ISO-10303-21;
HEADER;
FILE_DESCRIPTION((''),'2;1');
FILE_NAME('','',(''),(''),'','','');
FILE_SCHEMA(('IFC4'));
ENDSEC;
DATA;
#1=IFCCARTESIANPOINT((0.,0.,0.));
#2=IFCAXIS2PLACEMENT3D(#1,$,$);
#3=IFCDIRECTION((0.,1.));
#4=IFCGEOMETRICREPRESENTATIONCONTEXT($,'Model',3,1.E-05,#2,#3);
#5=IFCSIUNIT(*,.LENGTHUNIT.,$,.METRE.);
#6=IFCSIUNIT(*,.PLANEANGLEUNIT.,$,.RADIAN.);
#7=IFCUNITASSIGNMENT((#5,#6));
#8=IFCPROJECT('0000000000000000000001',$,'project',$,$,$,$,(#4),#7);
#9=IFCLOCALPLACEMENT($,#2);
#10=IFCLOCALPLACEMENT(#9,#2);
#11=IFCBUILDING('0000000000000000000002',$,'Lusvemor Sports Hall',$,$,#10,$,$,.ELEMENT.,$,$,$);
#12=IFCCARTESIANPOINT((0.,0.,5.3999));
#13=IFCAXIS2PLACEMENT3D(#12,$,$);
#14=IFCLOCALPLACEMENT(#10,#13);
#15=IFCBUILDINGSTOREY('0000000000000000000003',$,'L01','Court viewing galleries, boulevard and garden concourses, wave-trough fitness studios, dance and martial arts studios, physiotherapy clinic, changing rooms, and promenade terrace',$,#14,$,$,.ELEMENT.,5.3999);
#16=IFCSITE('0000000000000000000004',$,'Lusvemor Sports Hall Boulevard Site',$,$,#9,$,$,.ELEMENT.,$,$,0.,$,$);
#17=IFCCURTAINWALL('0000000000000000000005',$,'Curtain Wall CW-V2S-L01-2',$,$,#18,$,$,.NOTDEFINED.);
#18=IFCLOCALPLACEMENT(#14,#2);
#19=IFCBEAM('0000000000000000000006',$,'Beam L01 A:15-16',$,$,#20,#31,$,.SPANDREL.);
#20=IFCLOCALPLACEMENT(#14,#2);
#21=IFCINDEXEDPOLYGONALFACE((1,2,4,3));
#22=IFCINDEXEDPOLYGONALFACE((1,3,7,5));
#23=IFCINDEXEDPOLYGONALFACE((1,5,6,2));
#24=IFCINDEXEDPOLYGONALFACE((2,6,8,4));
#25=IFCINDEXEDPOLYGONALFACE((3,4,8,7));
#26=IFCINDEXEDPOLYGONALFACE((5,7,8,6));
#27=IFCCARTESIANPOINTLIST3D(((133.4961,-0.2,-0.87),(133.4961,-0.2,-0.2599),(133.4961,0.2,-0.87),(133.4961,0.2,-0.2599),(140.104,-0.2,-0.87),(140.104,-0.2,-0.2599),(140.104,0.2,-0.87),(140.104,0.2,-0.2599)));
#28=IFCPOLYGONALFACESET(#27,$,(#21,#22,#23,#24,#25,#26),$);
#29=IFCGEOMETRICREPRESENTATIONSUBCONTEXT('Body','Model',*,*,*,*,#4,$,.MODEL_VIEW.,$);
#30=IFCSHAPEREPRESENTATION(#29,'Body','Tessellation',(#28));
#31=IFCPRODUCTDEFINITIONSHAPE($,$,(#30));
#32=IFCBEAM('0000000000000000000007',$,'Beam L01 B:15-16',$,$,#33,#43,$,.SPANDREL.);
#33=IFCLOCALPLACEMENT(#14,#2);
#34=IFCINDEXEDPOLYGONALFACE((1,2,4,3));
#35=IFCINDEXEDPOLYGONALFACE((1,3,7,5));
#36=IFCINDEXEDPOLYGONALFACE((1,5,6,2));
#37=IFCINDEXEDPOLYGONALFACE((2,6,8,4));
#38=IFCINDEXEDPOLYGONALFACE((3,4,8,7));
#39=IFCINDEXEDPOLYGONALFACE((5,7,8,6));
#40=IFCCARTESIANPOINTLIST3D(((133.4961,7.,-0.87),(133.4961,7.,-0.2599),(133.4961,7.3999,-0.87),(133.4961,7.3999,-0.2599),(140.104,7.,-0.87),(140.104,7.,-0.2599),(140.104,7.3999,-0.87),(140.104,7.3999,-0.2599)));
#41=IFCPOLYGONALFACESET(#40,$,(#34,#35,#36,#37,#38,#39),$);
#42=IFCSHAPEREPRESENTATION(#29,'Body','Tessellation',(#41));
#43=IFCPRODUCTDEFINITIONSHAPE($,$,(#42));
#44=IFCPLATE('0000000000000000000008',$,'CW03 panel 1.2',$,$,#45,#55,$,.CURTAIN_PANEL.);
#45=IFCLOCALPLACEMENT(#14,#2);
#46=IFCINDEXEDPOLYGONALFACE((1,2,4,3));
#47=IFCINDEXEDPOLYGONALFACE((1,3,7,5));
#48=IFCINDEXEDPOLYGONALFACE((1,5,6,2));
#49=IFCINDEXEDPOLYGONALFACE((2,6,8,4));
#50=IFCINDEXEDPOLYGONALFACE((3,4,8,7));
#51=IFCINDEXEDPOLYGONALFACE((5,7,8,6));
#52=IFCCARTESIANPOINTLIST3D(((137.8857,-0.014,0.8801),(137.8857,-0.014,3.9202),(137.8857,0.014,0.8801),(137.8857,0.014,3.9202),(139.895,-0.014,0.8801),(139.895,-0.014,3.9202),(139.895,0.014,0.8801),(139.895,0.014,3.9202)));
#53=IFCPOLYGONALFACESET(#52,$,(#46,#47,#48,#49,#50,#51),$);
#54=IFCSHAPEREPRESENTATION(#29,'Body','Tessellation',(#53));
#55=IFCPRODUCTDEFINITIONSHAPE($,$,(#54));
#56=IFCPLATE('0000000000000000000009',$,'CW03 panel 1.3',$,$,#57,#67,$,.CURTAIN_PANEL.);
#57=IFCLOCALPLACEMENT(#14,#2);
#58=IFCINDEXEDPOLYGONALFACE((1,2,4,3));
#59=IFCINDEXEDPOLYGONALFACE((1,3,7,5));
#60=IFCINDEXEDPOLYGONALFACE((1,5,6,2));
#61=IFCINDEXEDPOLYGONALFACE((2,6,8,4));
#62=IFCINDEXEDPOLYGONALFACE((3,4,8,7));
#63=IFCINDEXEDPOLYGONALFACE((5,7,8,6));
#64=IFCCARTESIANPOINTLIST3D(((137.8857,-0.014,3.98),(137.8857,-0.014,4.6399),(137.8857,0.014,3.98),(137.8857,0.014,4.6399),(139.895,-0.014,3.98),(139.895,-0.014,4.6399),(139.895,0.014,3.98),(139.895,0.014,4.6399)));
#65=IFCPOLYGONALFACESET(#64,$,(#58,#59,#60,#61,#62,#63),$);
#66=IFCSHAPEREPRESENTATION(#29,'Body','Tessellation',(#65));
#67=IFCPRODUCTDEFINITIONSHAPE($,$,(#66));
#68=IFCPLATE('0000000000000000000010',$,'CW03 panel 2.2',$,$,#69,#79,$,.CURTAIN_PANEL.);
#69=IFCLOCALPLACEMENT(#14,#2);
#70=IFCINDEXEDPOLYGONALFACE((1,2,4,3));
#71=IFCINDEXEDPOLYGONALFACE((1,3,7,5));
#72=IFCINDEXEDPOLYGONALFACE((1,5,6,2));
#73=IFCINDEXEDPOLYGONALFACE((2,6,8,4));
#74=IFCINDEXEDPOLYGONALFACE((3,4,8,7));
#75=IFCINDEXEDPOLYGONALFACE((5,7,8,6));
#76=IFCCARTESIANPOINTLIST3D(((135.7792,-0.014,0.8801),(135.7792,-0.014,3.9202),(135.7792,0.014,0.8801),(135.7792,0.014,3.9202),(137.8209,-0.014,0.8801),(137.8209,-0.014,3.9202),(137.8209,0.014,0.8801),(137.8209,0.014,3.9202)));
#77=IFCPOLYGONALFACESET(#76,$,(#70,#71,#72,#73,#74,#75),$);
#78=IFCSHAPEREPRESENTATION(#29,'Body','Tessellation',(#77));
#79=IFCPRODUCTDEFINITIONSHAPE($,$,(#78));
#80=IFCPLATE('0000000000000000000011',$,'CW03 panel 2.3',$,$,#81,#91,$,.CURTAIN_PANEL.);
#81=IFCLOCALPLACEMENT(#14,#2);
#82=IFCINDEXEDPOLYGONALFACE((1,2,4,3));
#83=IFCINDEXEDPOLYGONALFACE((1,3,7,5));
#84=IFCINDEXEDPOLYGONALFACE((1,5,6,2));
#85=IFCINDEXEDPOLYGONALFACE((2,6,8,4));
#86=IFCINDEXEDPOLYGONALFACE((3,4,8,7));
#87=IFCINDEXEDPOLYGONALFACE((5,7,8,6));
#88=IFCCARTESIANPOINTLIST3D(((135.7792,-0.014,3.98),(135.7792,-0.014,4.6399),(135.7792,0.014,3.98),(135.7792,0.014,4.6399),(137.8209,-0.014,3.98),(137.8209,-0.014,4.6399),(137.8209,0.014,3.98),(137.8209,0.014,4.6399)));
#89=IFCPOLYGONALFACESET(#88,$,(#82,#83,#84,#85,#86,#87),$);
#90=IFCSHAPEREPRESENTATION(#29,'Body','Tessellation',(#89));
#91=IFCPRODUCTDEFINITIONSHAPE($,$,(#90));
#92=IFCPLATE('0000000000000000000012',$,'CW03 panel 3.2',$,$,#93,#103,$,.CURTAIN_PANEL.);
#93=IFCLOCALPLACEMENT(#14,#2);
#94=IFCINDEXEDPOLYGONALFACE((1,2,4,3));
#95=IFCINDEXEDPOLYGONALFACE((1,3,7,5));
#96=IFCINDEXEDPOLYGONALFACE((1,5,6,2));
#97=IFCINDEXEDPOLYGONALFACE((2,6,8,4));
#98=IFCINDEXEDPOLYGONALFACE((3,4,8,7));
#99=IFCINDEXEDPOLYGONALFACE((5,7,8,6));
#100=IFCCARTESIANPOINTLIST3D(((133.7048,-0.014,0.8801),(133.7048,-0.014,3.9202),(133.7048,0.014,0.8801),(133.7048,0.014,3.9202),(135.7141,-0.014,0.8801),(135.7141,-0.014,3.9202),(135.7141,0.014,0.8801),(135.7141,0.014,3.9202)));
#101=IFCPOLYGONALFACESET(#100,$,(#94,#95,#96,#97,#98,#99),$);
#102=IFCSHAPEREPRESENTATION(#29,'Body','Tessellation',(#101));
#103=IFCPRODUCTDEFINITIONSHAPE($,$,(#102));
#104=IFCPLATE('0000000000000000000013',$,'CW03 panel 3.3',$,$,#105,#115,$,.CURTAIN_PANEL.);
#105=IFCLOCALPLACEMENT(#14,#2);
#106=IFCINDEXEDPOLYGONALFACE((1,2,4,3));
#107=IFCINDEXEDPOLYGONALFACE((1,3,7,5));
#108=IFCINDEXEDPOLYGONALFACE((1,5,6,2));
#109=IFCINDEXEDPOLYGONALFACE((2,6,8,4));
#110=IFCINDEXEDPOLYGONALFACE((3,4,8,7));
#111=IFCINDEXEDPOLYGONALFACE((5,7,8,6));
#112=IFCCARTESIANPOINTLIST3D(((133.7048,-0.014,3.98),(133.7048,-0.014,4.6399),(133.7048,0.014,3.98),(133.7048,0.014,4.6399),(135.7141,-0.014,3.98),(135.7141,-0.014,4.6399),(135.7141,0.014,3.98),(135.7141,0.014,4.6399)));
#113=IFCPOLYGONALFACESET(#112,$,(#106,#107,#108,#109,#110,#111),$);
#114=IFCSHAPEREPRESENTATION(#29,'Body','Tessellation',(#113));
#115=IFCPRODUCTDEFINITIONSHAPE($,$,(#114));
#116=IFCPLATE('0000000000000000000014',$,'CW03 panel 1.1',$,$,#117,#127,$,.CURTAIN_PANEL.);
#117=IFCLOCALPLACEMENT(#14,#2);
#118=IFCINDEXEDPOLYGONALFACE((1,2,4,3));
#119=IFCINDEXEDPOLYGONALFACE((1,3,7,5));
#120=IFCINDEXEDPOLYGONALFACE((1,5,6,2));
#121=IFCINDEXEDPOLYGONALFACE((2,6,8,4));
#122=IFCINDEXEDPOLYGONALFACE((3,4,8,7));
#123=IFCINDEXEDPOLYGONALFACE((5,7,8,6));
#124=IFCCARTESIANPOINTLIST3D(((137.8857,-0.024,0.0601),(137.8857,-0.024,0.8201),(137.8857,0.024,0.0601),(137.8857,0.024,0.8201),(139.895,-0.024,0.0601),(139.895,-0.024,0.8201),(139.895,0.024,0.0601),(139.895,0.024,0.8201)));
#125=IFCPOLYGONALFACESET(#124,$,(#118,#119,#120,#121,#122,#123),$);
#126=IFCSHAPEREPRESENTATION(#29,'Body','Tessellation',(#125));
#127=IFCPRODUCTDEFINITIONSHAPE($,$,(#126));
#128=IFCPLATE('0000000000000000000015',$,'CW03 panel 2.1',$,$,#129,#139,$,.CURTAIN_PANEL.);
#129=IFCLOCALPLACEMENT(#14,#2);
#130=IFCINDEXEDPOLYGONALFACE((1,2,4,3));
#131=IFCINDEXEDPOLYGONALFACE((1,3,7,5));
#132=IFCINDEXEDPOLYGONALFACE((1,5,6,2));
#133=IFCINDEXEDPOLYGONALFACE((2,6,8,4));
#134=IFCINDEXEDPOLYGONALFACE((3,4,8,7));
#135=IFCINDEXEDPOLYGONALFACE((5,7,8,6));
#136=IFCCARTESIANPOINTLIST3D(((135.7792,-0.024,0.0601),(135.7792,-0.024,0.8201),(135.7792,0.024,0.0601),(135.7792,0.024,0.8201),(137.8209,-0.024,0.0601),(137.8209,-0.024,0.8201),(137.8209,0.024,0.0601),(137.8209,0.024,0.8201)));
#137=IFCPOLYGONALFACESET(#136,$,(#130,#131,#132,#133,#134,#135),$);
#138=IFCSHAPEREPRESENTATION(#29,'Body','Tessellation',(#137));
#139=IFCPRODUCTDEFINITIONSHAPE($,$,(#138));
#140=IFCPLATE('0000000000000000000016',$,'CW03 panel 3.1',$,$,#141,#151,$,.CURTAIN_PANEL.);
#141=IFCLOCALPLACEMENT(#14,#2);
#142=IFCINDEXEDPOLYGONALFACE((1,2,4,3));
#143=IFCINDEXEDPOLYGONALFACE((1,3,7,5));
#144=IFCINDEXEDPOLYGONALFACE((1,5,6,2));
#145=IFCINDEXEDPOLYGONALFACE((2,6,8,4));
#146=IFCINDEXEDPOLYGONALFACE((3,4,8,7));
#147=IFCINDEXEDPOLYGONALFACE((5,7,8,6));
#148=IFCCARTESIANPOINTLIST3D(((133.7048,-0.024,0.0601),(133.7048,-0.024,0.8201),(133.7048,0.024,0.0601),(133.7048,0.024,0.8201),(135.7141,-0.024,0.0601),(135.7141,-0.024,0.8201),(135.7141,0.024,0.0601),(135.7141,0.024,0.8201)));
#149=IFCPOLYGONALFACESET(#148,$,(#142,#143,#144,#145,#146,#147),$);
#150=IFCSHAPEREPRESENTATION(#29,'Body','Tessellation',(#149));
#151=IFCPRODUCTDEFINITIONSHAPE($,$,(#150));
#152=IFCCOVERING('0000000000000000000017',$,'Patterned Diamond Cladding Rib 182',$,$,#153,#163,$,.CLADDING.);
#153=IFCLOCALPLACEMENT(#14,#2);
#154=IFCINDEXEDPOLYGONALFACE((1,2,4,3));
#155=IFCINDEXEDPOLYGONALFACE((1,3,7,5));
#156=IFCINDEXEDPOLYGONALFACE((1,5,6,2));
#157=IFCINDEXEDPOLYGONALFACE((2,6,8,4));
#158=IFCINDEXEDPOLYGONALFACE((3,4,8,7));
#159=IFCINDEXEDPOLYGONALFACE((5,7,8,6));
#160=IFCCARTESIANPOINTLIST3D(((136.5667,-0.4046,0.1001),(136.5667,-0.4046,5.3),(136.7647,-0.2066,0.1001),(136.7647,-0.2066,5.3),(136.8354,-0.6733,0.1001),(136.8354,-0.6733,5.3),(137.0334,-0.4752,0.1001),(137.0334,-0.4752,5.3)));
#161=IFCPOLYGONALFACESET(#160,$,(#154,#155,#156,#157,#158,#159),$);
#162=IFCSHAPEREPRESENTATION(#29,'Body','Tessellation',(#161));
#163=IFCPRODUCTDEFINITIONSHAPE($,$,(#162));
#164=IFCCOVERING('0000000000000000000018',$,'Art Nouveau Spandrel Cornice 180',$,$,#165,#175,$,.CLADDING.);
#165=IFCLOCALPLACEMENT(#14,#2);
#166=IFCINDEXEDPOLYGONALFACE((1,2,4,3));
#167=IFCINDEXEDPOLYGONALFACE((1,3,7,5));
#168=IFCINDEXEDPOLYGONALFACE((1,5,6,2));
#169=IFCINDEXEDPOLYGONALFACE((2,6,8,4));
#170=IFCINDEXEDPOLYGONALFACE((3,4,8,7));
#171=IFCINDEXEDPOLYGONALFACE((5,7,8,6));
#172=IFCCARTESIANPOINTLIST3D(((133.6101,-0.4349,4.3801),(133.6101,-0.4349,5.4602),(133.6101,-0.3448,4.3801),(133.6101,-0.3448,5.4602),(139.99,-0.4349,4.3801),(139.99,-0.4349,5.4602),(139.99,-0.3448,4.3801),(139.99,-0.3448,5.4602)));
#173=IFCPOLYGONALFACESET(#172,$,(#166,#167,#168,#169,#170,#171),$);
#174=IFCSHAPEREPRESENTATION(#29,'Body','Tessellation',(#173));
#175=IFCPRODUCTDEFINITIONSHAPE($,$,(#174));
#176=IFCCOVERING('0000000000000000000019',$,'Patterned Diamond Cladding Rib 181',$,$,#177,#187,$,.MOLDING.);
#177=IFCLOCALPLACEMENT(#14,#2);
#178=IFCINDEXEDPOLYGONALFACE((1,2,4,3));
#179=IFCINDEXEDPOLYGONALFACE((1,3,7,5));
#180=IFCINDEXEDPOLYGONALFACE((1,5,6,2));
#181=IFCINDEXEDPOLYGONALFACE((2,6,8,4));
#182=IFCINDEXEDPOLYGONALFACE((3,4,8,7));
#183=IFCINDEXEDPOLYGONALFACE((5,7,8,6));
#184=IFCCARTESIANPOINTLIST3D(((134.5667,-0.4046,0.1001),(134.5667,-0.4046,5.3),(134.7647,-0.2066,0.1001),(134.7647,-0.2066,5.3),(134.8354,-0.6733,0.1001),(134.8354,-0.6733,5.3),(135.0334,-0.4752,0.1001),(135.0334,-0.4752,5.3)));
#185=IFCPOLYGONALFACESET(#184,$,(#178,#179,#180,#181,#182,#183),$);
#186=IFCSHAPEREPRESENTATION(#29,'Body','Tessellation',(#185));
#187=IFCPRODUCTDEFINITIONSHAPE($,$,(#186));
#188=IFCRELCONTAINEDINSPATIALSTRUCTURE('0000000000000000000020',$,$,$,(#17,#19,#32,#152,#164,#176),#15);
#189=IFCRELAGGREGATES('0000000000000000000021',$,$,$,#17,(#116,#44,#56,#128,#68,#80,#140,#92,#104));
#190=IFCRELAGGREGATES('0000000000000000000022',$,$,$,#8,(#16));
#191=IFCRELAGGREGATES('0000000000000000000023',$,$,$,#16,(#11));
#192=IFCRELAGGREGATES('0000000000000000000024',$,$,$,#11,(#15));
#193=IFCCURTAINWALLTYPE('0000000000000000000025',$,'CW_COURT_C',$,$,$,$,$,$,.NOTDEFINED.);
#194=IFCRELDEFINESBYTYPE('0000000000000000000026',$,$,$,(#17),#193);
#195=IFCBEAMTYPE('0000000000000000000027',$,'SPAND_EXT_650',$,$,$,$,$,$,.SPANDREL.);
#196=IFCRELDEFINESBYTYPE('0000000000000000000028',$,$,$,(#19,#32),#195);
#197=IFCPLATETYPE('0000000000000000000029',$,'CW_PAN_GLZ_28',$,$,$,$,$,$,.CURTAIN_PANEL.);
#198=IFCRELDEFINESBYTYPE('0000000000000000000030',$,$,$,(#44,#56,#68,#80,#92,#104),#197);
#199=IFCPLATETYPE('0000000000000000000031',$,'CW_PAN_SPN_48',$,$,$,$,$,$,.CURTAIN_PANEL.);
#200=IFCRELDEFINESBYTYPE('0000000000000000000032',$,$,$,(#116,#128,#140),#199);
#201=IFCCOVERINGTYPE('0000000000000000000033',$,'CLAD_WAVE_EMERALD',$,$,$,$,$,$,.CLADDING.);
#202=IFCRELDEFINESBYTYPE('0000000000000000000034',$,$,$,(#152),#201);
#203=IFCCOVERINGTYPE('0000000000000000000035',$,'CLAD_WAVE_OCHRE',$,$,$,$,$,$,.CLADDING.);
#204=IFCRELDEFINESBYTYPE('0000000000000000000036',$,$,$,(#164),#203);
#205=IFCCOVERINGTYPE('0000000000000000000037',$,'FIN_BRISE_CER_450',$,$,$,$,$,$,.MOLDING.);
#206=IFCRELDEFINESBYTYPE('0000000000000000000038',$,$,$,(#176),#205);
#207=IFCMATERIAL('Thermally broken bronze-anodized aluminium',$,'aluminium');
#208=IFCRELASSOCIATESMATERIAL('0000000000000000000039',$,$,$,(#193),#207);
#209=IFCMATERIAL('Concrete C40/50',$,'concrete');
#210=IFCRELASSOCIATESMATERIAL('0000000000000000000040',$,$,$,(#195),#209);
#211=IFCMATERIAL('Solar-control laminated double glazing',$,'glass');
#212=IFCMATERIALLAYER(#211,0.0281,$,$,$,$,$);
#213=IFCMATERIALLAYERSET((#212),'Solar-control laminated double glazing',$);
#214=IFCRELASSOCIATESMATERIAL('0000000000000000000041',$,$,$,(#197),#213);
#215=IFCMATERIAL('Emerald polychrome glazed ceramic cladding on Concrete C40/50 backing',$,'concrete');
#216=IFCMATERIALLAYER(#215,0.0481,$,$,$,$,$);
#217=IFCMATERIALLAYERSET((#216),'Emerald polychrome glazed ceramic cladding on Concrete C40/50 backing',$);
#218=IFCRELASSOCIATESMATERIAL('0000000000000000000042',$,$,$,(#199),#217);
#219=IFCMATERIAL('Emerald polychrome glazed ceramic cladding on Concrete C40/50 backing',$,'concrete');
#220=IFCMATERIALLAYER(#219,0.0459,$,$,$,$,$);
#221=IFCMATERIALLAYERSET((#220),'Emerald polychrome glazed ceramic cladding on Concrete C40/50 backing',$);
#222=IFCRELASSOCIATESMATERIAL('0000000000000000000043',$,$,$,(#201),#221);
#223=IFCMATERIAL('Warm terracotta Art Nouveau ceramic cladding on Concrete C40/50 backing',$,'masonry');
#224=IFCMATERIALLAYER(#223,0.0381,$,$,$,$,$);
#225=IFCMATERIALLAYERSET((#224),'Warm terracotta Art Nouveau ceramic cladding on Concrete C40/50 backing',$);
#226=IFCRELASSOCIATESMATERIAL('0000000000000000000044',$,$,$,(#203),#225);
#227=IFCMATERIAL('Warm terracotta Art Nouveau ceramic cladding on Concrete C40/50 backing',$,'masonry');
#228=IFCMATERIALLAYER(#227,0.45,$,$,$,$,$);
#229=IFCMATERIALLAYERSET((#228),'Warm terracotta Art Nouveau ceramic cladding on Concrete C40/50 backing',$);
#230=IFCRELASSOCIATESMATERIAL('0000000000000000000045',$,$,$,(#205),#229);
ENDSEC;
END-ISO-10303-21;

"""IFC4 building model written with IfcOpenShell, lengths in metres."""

from ifc_helpers import new_model, si_unit, direction, frame, origin, origin_2d, place, context, subcontext, project, spatial, rectangle, extrude, material, layer, layer_set, material_profile, profile_set, type_object, element, aggregate, save


model = new_model("IFC4")

# Units and contexts
model_context = context("Model", 3, precision=1e-05, world=origin(), true_north=direction((0.0, 1.0)))
body_context = subcontext(model_context, "Body", "Model", "MODEL_VIEW")
ifc_project = project(units=[si_unit("LENGTHUNIT", "METRE"), si_unit("PLANEANGLEUNIT", "RADIAN")], contexts=[model_context])

# Site, building, storey
site_placement = place(None, origin())
site = spatial("IfcSite", under=ifc_project, at=site_placement, Name="Lusvemor Sports Hall Boulevard Site", CompositionType="ELEMENT", RefElevation=0.0)
building_placement = place(site_placement, origin())
building = spatial("IfcBuilding", under=site, at=building_placement, Name="Lusvemor Sports Hall", CompositionType="ELEMENT")
storey_placement = place(building_placement, frame((0.0, 0.0, 5.3999)))
storey = spatial("IfcBuildingStorey", under=building, at=storey_placement, Name="L01", Description="Court viewing galleries, boulevard and garden concourses, wave-trough fitness studios, dance and martial arts studios, physiotherapy clinic, changing rooms, and promenade terrace", CompositionType="ELEMENT", Elevation=5.3999)

# Curtain wall
ifc_material_1 = material(Name="Thermally broken bronze-anodized aluminium", Category="aluminium")
curtain_wall_type = type_object("IfcCurtainWallType", Name="CW_COURT_C", PredefinedType="NOTDEFINED", material=ifc_material_1)
curtain_wall_placement = place(storey_placement, origin())
curtain_wall = element("IfcCurtainWall", 1, at=curtain_wall_placement, inside=storey, type_object=curtain_wall_type, Name="Curtain Wall CW-V2S-L01-2", PredefinedType="NOTDEFINED")

# Beams
ifc_material_2 = material(Name="Concrete C40/50", Category="concrete")
ifc_material_profile_1 = material_profile(ifc_material_2, rectangle(XDim=0.3999, YDim=0.6101, at=origin_2d()), Name="RC400x610")
ifc_profile_set_1 = profile_set([ifc_material_profile_1], Name="Concrete C40/50")
beam_type_1 = type_object("IfcBeamType", Name="SPAND_EXT_650", PredefinedType="SPANDREL", material=ifc_profile_set_1)
for number, where, z_axis, x_axis, name in (
    (2, (133.4961, 0.0, -0.5649), (1.0, 0.0, 0.0), (0.0, 1.0, 0.0), "Beam L01 A:15-16"),
    (3, (133.4961, 7.2, -0.5649), (1.0, 0.0, 0.0), (0.0, 1.0, 0.0), "Beam L01 B:15-16"),
):
    element("IfcBeam", number, at=place(storey_placement, frame(where, z_axis=z_axis, x_axis=x_axis)), inside=storey, type_object=beam_type_1, Name=name, PredefinedType="SPANDREL", context=body_context, shape_type="SweptSolid", body=[
        extrude(rectangle(XDim=0.3999, YDim=0.6101, at=origin_2d()), origin(), (0.0, 0.0, 1.0), 6.6079),
    ])

# Plates
ifc_material_3 = material(Name="Solar-control laminated double glazing", Category="glass")
ifc_layer_1 = layer(ifc_material_3, 0.0281)
ifc_layer_set_1 = layer_set([ifc_layer_1], Name="Solar-control laminated double glazing")
plate_type_1 = type_object("IfcPlateType", Name="CW_PAN_GLZ_28", PredefinedType="CURTAIN_PANEL", material=ifc_layer_set_1)
plate_1_placement = place(storey_placement, frame((138.8904, 0.0, 0.8801), z_axis=(0.0, 0.0, 1.0), x_axis=(-1.0, 0.0, 0.0)))
plate_1 = element("IfcPlate", 4, at=plate_1_placement, type_object=plate_type_1, Name="CW03 panel 1.2", PredefinedType="CURTAIN_PANEL", context=body_context, shape_type="SweptSolid", body=[
    extrude(rectangle(XDim=2.0093, YDim=0.0281, at=origin_2d()), origin(), (0.0, 0.0, 1.0), 3.04),
])
plate_2_placement = place(storey_placement, frame((138.8904, 0.0, 3.98), z_axis=(0.0, 0.0, 1.0), x_axis=(-1.0, 0.0, 0.0)))
plate_2 = element("IfcPlate", 5, at=plate_2_placement, type_object=plate_type_1, Name="CW03 panel 1.3", PredefinedType="CURTAIN_PANEL", context=body_context, shape_type="SweptSolid", body=[
    extrude(rectangle(XDim=2.0093, YDim=0.0281, at=origin_2d()), origin(), (0.0, 0.0, 1.0), 0.6599),
])
plate_3_placement = place(storey_placement, frame((136.8, 0.0, 0.8801), z_axis=(0.0, 0.0, 1.0), x_axis=(-1.0, 0.0, 0.0)))
plate_3 = element("IfcPlate", 6, at=plate_3_placement, type_object=plate_type_1, Name="CW03 panel 2.2", PredefinedType="CURTAIN_PANEL", context=body_context, shape_type="SweptSolid", body=[
    extrude(rectangle(XDim=2.0417, YDim=0.0281, at=origin_2d()), origin(), (0.0, 0.0, 1.0), 3.04),
])
plate_4_placement = place(storey_placement, frame((136.8, 0.0, 3.98), z_axis=(0.0, 0.0, 1.0), x_axis=(-1.0, 0.0, 0.0)))
plate_4 = element("IfcPlate", 7, at=plate_4_placement, type_object=plate_type_1, Name="CW03 panel 2.3", PredefinedType="CURTAIN_PANEL", context=body_context, shape_type="SweptSolid", body=[
    extrude(rectangle(XDim=2.0417, YDim=0.0281, at=origin_2d()), origin(), (0.0, 0.0, 1.0), 0.6599),
])
plate_5_placement = place(storey_placement, frame((134.7095, 0.0, 0.8801), z_axis=(0.0, 0.0, 1.0), x_axis=(-1.0, 0.0, 0.0)))
plate_5 = element("IfcPlate", 8, at=plate_5_placement, type_object=plate_type_1, Name="CW03 panel 3.2", PredefinedType="CURTAIN_PANEL", context=body_context, shape_type="SweptSolid", body=[
    extrude(rectangle(XDim=2.0093, YDim=0.0281, at=origin_2d()), origin(), (0.0, 0.0, 1.0), 3.04),
])
plate_6_placement = place(storey_placement, frame((134.7095, 0.0, 3.98), z_axis=(0.0, 0.0, 1.0), x_axis=(-1.0, 0.0, 0.0)))
plate_6 = element("IfcPlate", 9, at=plate_6_placement, type_object=plate_type_1, Name="CW03 panel 3.3", PredefinedType="CURTAIN_PANEL", context=body_context, shape_type="SweptSolid", body=[
    extrude(rectangle(XDim=2.0093, YDim=0.0281, at=origin_2d()), origin(), (0.0, 0.0, 1.0), 0.6599),
])
ifc_material_4 = material(Name="Emerald polychrome glazed ceramic cladding on Concrete C40/50 backing", Category="concrete")
ifc_layer_2 = layer(ifc_material_4, 0.0481)
ifc_layer_set_2 = layer_set([ifc_layer_2], Name="Emerald polychrome glazed ceramic cladding on Concrete C40/50 backing")
plate_type_2 = type_object("IfcPlateType", Name="CW_PAN_SPN_48", PredefinedType="CURTAIN_PANEL", material=ifc_layer_set_2)
plate_7_placement = place(storey_placement, frame((138.8904, 0.0, 0.0601), z_axis=(0.0, 0.0, 1.0), x_axis=(-1.0, 0.0, 0.0)))
plate_7 = element("IfcPlate", 10, at=plate_7_placement, type_object=plate_type_2, Name="CW03 panel 1.1", PredefinedType="CURTAIN_PANEL", context=body_context, shape_type="SweptSolid", body=[
    extrude(rectangle(XDim=2.0093, YDim=0.0481, at=origin_2d()), origin(), (0.0, 0.0, 1.0), 0.76),
])
plate_8_placement = place(storey_placement, frame((136.8, 0.0, 0.0601), z_axis=(0.0, 0.0, 1.0), x_axis=(-1.0, 0.0, 0.0)))
plate_8 = element("IfcPlate", 11, at=plate_8_placement, type_object=plate_type_2, Name="CW03 panel 2.1", PredefinedType="CURTAIN_PANEL", context=body_context, shape_type="SweptSolid", body=[
    extrude(rectangle(XDim=2.0417, YDim=0.0481, at=origin_2d()), origin(), (0.0, 0.0, 1.0), 0.76),
])
plate_9_placement = place(storey_placement, frame((134.7095, 0.0, 0.0601), z_axis=(0.0, 0.0, 1.0), x_axis=(-1.0, 0.0, 0.0)))
plate_9 = element("IfcPlate", 12, at=plate_9_placement, type_object=plate_type_2, Name="CW03 panel 3.1", PredefinedType="CURTAIN_PANEL", context=body_context, shape_type="SweptSolid", body=[
    extrude(rectangle(XDim=2.0093, YDim=0.0481, at=origin_2d()), origin(), (0.0, 0.0, 1.0), 0.76),
])
aggregate(curtain_wall, [plate_7, plate_1, plate_2, plate_8, plate_3, plate_4, plate_9, plate_5, plate_6])

# Coverings
ifc_material_5 = material(Name="Emerald polychrome glazed ceramic cladding on Concrete C40/50 backing", Category="concrete")
ifc_layer_3 = layer(ifc_material_5, 0.0459)
ifc_layer_set_3 = layer_set([ifc_layer_3], Name="Emerald polychrome glazed ceramic cladding on Concrete C40/50 backing")
covering_type_1 = type_object("IfcCoveringType", Name="CLAD_WAVE_EMERALD", PredefinedType="CLADDING", material=ifc_layer_set_3)
covering_1_placement = place(storey_placement, frame((136.8, -0.4399, 0.1001), z_axis=(0.0, 0.0, 1.0), x_axis=(0.707107, 0.707107, 0.0)))
element("IfcCovering", 13, at=covering_1_placement, inside=storey, type_object=covering_type_1, Name="Patterned Diamond Cladding Rib 182", PredefinedType="CLADDING", context=body_context, shape_type="SweptSolid", body=[
    extrude(rectangle(XDim=0.28, YDim=0.3799, at=origin_2d()), origin(), (0.0, 0.0, 1.0), 5.2),
])
ifc_material_6 = material(Name="Warm terracotta Art Nouveau ceramic cladding on Concrete C40/50 backing", Category="masonry")
ifc_layer_4 = layer(ifc_material_6, 0.0381)
ifc_layer_set_4 = layer_set([ifc_layer_4], Name="Warm terracotta Art Nouveau ceramic cladding on Concrete C40/50 backing")
covering_type_2 = type_object("IfcCoveringType", Name="CLAD_WAVE_OCHRE", PredefinedType="CLADDING", material=ifc_layer_set_4)
covering_2_placement = place(storey_placement, frame((136.8, -0.3899, 4.3801), z_axis=(0.0, 0.0, 1.0), x_axis=(1.0, 0.0, 0.0)))
element("IfcCovering", 14, at=covering_2_placement, inside=storey, type_object=covering_type_2, Name="Art Nouveau Spandrel Cornice 180", PredefinedType="CLADDING", context=body_context, shape_type="SweptSolid", body=[
    extrude(rectangle(XDim=6.3799, YDim=0.0901, at=origin_2d()), origin(), (0.0, 0.0, 1.0), 1.0801),
])
ifc_material_7 = material(Name="Warm terracotta Art Nouveau ceramic cladding on Concrete C40/50 backing", Category="masonry")
ifc_layer_5 = layer(ifc_material_7, 0.45)
ifc_layer_set_5 = layer_set([ifc_layer_5], Name="Warm terracotta Art Nouveau ceramic cladding on Concrete C40/50 backing")
covering_type_3 = type_object("IfcCoveringType", Name="FIN_BRISE_CER_450", PredefinedType="MOLDING", material=ifc_layer_set_5)
for number, where, z_axis, x_axis, name in (
    (15, (134.8, -0.4399, 0.1001), (0.0, 0.0, 1.0), (0.707107, 0.707107, 0.0), "Patterned Diamond Cladding Rib 181"),
):
    element("IfcCovering", number, at=place(storey_placement, frame(where, z_axis=z_axis, x_axis=x_axis)), inside=storey, type_object=covering_type_3, Name=name, PredefinedType="MOLDING", context=body_context, shape_type="SweptSolid", body=[
        extrude(rectangle(XDim=0.28, YDim=0.3799, at=origin_2d()), origin(), (0.0, 0.0, 1.0), 5.2),
    ])

save(model, "model.ifc")
